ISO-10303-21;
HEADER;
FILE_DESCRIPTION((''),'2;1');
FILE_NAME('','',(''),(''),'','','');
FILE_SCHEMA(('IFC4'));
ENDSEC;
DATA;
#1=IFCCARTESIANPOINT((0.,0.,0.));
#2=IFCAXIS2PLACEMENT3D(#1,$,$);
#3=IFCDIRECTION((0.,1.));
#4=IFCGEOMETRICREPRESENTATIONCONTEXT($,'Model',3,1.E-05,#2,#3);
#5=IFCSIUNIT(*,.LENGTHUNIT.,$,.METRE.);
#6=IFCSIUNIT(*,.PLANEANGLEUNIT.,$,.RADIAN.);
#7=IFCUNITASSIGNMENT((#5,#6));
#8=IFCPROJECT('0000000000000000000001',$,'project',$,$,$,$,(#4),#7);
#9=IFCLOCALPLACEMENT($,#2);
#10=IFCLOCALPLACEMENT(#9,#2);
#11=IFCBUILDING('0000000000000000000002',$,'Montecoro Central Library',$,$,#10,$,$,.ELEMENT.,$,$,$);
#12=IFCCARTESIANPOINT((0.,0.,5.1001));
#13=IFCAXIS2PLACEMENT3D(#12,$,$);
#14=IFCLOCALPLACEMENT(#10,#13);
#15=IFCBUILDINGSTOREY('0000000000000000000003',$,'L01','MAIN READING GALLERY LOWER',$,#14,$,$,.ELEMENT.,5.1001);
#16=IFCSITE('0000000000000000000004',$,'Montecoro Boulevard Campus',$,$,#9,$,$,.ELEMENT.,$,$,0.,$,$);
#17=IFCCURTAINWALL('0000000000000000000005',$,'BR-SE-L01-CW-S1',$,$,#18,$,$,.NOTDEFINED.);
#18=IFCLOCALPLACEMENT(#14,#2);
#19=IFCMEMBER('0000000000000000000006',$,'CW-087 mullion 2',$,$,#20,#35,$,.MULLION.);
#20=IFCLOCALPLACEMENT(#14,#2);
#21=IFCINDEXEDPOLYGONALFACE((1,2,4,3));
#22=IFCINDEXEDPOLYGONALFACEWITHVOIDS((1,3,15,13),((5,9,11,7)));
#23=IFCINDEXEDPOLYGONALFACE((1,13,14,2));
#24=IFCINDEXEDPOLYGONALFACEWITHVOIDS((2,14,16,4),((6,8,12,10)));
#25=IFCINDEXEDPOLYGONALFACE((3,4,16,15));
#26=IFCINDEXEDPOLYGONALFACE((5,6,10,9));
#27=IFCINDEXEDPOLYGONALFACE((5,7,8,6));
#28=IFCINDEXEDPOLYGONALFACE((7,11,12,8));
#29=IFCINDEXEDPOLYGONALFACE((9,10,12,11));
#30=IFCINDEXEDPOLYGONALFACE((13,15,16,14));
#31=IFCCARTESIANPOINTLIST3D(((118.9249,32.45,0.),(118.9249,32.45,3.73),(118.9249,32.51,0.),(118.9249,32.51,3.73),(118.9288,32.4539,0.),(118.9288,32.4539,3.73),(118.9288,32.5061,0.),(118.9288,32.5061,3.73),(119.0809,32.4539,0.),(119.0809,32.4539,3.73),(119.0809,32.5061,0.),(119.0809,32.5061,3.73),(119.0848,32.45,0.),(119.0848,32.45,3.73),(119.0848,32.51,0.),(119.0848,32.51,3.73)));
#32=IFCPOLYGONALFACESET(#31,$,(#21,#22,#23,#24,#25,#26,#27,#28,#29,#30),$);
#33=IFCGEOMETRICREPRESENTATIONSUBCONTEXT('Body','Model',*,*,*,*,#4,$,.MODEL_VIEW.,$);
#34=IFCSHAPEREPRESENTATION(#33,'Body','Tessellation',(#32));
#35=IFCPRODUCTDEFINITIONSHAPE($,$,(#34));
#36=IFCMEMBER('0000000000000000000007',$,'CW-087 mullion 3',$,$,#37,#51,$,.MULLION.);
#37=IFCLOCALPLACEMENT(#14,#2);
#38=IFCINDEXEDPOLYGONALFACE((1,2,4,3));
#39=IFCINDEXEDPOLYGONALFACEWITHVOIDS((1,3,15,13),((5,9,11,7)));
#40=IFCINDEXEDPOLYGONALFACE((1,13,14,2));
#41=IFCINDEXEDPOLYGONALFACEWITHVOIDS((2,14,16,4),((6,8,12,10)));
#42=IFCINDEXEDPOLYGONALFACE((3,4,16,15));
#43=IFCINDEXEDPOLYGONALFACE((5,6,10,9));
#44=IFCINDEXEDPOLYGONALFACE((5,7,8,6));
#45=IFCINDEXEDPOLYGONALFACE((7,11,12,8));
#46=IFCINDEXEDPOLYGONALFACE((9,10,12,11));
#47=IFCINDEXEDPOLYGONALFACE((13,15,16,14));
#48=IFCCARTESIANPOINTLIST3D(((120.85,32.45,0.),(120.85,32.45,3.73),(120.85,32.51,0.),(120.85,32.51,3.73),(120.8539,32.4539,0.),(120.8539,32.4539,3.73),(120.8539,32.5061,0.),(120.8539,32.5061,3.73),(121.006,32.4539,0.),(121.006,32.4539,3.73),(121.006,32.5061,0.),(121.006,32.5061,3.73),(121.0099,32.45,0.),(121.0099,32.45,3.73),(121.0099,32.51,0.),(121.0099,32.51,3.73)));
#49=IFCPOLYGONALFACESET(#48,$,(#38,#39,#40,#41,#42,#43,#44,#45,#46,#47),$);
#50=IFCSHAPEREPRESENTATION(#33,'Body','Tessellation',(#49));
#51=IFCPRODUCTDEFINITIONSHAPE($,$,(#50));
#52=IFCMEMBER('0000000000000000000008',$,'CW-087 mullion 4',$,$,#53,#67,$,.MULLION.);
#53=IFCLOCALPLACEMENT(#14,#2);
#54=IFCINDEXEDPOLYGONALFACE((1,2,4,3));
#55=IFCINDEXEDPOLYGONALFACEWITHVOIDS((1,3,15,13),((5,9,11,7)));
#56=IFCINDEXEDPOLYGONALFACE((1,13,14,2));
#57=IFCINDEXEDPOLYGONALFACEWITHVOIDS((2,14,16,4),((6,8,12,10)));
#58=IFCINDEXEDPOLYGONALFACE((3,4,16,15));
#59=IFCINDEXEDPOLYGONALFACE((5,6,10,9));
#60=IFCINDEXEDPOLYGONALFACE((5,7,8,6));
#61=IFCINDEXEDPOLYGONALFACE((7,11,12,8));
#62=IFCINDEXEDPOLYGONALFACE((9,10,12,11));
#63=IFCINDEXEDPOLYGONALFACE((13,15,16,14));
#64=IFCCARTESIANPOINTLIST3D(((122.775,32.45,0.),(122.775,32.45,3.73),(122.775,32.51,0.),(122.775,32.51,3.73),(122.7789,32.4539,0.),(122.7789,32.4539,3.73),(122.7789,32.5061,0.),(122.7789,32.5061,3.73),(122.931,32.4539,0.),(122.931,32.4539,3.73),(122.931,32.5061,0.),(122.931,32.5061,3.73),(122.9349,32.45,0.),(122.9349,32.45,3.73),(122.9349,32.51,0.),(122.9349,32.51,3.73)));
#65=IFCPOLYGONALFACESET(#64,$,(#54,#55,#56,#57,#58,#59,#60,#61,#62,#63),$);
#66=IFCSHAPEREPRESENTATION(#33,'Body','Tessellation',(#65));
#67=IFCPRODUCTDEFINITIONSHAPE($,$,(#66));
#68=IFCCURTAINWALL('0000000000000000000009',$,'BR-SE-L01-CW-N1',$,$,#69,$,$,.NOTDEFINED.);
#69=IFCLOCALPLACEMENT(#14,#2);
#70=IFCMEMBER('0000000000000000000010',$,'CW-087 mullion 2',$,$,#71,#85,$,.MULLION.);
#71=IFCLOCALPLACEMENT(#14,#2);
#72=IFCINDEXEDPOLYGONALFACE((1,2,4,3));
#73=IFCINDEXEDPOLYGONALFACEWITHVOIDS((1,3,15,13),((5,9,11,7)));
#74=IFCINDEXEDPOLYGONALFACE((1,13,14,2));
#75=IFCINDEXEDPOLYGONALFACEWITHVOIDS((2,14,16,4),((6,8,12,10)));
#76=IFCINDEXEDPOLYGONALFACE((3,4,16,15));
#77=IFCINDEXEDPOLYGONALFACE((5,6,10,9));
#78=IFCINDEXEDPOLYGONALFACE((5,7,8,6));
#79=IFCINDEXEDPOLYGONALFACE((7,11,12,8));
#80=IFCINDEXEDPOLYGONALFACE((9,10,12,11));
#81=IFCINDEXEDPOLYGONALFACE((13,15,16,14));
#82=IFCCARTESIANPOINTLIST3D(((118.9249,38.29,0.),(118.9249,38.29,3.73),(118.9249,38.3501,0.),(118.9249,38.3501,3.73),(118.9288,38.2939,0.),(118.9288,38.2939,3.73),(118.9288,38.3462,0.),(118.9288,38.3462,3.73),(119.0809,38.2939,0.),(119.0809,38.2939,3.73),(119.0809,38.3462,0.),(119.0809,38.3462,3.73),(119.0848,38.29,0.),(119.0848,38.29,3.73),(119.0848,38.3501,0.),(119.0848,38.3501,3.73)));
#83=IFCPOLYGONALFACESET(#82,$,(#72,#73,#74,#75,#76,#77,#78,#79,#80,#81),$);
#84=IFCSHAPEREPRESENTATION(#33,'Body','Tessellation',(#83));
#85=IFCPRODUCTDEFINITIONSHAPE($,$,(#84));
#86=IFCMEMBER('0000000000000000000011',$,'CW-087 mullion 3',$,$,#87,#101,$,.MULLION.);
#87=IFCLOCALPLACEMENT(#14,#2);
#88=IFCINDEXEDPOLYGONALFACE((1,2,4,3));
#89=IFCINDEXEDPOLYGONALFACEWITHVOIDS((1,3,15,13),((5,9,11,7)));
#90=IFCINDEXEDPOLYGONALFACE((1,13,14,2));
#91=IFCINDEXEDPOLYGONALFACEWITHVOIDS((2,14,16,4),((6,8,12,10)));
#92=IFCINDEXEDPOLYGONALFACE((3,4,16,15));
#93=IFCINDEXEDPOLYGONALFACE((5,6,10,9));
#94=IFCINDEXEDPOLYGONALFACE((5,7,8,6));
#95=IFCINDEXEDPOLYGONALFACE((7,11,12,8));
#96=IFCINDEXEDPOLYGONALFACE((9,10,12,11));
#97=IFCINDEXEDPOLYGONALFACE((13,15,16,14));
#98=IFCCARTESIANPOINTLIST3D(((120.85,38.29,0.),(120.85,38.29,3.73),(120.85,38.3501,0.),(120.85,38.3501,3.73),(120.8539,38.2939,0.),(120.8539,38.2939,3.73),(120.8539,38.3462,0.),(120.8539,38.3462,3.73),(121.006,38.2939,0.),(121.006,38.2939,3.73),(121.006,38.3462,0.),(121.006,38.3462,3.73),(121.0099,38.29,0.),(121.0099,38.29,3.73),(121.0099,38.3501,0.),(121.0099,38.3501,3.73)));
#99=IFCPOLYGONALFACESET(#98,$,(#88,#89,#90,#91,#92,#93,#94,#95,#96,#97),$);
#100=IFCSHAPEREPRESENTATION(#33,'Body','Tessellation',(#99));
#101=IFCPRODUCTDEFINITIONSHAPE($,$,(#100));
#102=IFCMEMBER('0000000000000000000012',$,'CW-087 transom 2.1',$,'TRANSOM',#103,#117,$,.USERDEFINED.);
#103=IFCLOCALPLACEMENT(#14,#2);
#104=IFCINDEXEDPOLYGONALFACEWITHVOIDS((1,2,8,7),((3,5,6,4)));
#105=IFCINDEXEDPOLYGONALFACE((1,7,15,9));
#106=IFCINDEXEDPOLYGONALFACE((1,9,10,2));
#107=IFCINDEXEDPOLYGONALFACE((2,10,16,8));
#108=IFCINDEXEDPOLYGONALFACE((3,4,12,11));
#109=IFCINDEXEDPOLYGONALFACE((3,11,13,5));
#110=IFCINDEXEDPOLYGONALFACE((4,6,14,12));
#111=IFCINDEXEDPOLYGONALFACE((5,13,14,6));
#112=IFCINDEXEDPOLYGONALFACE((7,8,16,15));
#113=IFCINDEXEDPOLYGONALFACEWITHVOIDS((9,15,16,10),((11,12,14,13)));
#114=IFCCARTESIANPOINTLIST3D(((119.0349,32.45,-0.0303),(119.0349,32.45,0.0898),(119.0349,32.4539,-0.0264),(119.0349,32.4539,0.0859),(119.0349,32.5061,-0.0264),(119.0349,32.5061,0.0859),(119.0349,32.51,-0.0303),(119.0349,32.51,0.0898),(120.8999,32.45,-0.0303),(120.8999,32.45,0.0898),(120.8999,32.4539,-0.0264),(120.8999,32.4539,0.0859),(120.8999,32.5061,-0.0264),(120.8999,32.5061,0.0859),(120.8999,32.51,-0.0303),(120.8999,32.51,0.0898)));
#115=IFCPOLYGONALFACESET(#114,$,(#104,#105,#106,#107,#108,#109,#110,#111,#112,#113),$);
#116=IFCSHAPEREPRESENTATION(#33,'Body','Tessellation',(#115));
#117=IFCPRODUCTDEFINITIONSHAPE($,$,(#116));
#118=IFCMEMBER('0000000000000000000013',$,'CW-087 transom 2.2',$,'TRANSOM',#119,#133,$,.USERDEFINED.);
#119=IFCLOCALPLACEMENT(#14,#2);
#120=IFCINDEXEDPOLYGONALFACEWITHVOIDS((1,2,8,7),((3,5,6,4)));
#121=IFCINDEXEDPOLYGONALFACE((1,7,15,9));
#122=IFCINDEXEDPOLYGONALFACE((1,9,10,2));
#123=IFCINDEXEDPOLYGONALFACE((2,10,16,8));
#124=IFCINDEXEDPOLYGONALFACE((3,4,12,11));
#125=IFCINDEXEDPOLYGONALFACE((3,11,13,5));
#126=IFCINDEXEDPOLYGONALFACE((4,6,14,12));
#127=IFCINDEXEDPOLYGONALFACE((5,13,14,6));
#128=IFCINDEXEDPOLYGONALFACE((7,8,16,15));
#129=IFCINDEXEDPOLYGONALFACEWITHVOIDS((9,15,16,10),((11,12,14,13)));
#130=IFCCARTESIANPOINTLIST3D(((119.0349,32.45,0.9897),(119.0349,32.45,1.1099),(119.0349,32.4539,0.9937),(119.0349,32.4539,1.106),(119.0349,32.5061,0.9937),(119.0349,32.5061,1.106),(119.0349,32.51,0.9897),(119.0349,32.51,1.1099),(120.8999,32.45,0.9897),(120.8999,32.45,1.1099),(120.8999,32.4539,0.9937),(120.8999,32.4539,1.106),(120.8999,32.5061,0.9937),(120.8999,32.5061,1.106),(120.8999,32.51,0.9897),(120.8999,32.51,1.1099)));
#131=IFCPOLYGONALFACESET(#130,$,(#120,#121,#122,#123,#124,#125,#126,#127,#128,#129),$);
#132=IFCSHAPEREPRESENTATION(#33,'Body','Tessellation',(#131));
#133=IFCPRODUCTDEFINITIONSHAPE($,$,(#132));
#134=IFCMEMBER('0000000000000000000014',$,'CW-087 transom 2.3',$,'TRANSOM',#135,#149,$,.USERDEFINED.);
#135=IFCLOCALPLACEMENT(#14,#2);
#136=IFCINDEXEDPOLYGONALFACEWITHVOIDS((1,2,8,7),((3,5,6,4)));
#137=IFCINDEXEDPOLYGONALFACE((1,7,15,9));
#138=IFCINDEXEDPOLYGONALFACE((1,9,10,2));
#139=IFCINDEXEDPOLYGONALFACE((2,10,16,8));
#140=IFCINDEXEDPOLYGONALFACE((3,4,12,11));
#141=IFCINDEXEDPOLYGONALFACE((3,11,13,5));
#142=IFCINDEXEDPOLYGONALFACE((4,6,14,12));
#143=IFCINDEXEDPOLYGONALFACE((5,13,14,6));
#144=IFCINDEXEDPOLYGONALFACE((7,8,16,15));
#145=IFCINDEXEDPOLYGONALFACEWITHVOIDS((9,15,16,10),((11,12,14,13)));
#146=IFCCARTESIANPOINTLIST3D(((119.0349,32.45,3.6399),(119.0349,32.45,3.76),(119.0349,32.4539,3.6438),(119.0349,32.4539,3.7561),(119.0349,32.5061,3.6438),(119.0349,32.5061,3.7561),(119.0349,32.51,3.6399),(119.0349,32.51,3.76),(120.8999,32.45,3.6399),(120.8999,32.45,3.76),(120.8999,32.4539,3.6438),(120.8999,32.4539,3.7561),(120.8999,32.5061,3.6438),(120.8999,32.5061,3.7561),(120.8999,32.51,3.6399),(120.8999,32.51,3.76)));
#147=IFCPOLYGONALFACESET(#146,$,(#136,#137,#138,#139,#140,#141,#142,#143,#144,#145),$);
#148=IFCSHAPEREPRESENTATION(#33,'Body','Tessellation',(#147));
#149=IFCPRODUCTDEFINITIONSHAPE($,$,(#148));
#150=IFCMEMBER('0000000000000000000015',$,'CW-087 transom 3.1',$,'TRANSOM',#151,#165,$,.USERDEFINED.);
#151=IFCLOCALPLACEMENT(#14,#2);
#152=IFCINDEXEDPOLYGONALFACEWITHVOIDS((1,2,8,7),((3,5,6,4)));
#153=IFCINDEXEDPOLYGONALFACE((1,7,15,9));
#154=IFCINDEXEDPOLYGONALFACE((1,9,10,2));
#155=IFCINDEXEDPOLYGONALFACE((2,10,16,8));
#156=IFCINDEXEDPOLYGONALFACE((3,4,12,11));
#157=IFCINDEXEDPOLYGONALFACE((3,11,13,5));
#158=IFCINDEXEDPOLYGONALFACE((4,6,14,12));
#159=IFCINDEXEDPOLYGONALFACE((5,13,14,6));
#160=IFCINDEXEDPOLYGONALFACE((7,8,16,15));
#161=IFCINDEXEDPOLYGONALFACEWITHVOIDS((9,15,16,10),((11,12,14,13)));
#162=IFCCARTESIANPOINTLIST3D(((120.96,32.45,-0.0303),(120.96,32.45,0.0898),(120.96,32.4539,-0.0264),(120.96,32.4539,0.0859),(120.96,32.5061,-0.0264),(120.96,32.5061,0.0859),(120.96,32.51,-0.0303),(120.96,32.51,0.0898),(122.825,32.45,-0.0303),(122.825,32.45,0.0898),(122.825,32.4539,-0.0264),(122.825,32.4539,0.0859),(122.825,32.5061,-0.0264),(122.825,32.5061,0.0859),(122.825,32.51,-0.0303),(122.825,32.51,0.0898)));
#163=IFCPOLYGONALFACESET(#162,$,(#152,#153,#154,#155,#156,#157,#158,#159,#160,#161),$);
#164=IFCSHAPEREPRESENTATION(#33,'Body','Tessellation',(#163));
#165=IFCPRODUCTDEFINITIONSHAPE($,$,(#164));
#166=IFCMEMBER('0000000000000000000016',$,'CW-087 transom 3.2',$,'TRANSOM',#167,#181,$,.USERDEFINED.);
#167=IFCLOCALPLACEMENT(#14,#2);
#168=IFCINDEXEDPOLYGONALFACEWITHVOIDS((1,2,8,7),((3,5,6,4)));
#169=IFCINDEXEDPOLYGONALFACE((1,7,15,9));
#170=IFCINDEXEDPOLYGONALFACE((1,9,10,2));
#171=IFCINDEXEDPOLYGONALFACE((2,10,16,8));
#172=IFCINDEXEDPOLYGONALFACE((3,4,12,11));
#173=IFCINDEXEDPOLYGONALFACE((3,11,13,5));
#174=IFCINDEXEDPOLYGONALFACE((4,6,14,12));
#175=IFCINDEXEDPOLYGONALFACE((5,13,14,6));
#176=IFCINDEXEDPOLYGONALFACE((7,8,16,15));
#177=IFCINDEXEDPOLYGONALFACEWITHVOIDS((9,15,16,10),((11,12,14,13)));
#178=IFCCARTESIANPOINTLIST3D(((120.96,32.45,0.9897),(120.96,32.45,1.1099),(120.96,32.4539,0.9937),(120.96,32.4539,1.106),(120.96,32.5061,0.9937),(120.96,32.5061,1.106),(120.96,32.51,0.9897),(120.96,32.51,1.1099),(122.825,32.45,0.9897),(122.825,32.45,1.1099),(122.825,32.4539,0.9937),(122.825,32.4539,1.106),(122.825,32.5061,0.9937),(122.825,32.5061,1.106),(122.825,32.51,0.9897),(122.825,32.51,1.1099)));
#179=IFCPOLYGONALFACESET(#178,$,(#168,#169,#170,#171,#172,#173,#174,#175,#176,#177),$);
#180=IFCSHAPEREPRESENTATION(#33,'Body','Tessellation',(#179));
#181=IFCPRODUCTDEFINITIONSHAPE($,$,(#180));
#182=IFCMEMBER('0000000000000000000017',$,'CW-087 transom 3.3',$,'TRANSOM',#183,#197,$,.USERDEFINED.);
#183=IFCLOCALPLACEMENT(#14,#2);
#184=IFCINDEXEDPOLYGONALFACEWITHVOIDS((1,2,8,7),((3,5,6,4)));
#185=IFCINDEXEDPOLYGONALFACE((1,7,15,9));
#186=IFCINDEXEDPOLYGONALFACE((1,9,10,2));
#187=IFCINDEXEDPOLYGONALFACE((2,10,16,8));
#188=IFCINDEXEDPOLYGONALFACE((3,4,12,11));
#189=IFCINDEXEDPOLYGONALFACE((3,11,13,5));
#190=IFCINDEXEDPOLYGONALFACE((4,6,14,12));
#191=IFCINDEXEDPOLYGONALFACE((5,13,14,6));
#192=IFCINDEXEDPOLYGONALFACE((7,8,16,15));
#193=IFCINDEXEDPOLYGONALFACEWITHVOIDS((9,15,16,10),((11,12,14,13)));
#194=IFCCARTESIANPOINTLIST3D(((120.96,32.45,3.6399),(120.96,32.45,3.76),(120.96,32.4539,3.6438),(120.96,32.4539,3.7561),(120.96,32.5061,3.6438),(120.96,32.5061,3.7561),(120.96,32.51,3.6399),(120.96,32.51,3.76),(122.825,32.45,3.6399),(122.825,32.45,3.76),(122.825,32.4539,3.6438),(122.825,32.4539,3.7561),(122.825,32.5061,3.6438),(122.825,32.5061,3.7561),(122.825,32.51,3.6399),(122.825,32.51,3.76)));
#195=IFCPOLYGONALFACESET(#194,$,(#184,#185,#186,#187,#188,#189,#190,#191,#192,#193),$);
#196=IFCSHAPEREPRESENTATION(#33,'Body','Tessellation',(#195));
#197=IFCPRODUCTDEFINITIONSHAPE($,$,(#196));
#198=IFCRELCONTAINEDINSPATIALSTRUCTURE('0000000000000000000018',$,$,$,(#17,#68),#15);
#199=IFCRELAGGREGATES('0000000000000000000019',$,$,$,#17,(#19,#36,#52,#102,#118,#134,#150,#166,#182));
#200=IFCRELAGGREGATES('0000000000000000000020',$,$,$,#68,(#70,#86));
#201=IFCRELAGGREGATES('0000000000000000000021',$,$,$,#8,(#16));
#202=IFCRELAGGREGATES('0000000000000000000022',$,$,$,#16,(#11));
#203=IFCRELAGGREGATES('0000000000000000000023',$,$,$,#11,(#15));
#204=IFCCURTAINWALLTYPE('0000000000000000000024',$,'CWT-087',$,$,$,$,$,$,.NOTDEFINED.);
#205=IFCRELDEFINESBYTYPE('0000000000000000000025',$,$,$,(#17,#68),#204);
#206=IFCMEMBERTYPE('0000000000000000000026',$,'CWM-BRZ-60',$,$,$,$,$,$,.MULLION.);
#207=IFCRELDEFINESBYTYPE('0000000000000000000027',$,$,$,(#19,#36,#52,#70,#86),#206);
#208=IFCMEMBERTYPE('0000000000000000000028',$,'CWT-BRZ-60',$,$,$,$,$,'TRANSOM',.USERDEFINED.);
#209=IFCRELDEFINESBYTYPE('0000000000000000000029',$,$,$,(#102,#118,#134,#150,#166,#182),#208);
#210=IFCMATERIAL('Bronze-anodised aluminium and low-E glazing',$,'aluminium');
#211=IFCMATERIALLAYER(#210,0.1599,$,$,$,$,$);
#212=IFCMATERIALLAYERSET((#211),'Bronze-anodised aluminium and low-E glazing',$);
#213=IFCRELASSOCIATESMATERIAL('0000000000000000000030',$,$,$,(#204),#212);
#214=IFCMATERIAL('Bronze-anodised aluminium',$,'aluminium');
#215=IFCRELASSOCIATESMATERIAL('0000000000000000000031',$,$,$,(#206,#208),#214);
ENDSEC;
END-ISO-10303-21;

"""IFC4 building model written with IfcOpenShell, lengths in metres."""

from ifc_helpers import new_model, si_unit, direction, frame, origin, origin_2d, place, context, subcontext, project, spatial, hollow_rectangle, extrude, material, layer, layer_set, material_profile, profile_set, type_object, element, aggregate, save


model = new_model("IFC4")

# Units and contexts
model_context = context("Model", 3, precision=1e-05, world=origin(), true_north=direction((0.0, 1.0)))
body_context = subcontext(model_context, "Body", "Model", "MODEL_VIEW")
ifc_project = project(units=[si_unit("LENGTHUNIT", "METRE"), si_unit("PLANEANGLEUNIT", "RADIAN")], contexts=[model_context])

# Site, building, storey
site_placement = place(None, origin())
site = spatial("IfcSite", under=ifc_project, at=site_placement, Name="Montecoro Boulevard Campus", CompositionType="ELEMENT", RefElevation=0.0)
building_placement = place(site_placement, origin())
building = spatial("IfcBuilding", under=site, at=building_placement, Name="Montecoro Central Library", CompositionType="ELEMENT")
storey_placement = place(building_placement, frame((0.0, 0.0, 5.1001)))
storey = spatial("IfcBuildingStorey", under=building, at=storey_placement, Name="L01", Description="MAIN READING GALLERY LOWER", CompositionType="ELEMENT", Elevation=5.1001)

# Curtain walls, members
ifc_material_1 = material(Name="Bronze-anodised aluminium and low-E glazing", Category="aluminium")
ifc_layer_1 = layer(ifc_material_1, 0.1599)
ifc_layer_set_1 = layer_set([ifc_layer_1], Name="Bronze-anodised aluminium and low-E glazing")
curtain_wall_type = type_object("IfcCurtainWallType", Name="CWT-087", PredefinedType="NOTDEFINED", material=ifc_layer_set_1)
curtain_wall_1_placement = place(storey_placement, origin())
curtain_wall_1 = element("IfcCurtainWall", 1, at=curtain_wall_1_placement, inside=storey, type_object=curtain_wall_type, Name="BR-SE-L01-CW-S1", PredefinedType="NOTDEFINED")
ifc_material_2 = material(Name="Bronze-anodised aluminium", Category="aluminium")
ifc_material_profile_1 = material_profile(ifc_material_2, hollow_rectangle(XDim=0.0601, YDim=0.1599, WallThickness=0.0039, at=origin_2d()), Name="CWM 160x60x4.0")
ifc_profile_set_1 = profile_set([ifc_material_profile_1], Name="Bronze-anodised aluminium")
member_type_1 = type_object("IfcMemberType", Name="CWM-BRZ-60", PredefinedType="MULLION", material=ifc_profile_set_1)
member_1_placement = place(storey_placement, frame((119.0049, 32.48, 0.0), z_axis=(0.0, 0.0, 1.0), x_axis=(0.0, 1.0, 0.0)))
member_1 = element("IfcMember", 2, at=member_1_placement, type_object=member_type_1, Name="CW-087 mullion 2", PredefinedType="MULLION", context=body_context, shape_type="SweptSolid", body=[
    extrude(hollow_rectangle(XDim=0.0601, YDim=0.1599, WallThickness=0.0039, at=origin_2d()), origin(), (0.0, 0.0, 1.0), 3.73),
])
member_2_placement = place(storey_placement, frame((120.9299, 32.48, 0.0), z_axis=(0.0, 0.0, 1.0), x_axis=(0.0, 1.0, 0.0)))
member_2 = element("IfcMember", 3, at=member_2_placement, type_object=member_type_1, Name="CW-087 mullion 3", PredefinedType="MULLION", context=body_context, shape_type="SweptSolid", body=[
    extrude(hollow_rectangle(XDim=0.0601, YDim=0.1599, WallThickness=0.0039, at=origin_2d()), origin(), (0.0, 0.0, 1.0), 3.73),
])
member_3_placement = place(storey_placement, frame((122.855, 32.48, 0.0), z_axis=(0.0, 0.0, 1.0), x_axis=(0.0, 1.0, 0.0)))
member_3 = element("IfcMember", 4, at=member_3_placement, type_object=member_type_1, Name="CW-087 mullion 4", PredefinedType="MULLION", context=body_context, shape_type="SweptSolid", body=[
    extrude(hollow_rectangle(XDim=0.0601, YDim=0.1599, WallThickness=0.0039, at=origin_2d()), origin(), (0.0, 0.0, 1.0), 3.73),
])
curtain_wall_2_placement = place(storey_placement, origin())
curtain_wall_2 = element("IfcCurtainWall", 5, at=curtain_wall_2_placement, inside=storey, type_object=curtain_wall_type, Name="BR-SE-L01-CW-N1", PredefinedType="NOTDEFINED")
member_4_placement = place(storey_placement, frame((119.0049, 38.3201, 0.0), z_axis=(0.0, 0.0, 1.0), x_axis=(0.0, 1.0, 0.0)))
member_4 = element("IfcMember", 6, at=member_4_placement, type_object=member_type_1, Name="CW-087 mullion 2", PredefinedType="MULLION", context=body_context, shape_type="SweptSolid", body=[
    extrude(hollow_rectangle(XDim=0.0601, YDim=0.1599, WallThickness=0.0039, at=origin_2d()), origin(), (0.0, 0.0, 1.0), 3.73),
])
member_5_placement = place(storey_placement, frame((120.9299, 38.3201, 0.0), z_axis=(0.0, 0.0, 1.0), x_axis=(0.0, 1.0, 0.0)))
member_5 = element("IfcMember", 7, at=member_5_placement, type_object=member_type_1, Name="CW-087 mullion 3", PredefinedType="MULLION", context=body_context, shape_type="SweptSolid", body=[
    extrude(hollow_rectangle(XDim=0.0601, YDim=0.1599, WallThickness=0.0039, at=origin_2d()), origin(), (0.0, 0.0, 1.0), 3.73),
])

# Members
ifc_material_profile_2 = material_profile(ifc_material_2, hollow_rectangle(XDim=0.0601, YDim=0.1201, WallThickness=0.0039, at=origin_2d()), Name="CWT 120x60x4.0")
ifc_profile_set_2 = profile_set([ifc_material_profile_2], Name="Bronze-anodised aluminium")
member_type_2 = type_object("IfcMemberType", Name="CWT-BRZ-60", ElementType="TRANSOM", PredefinedType="USERDEFINED", material=ifc_profile_set_2)
member_6_placement = place(storey_placement, frame((119.0349, 32.48, 0.0298), z_axis=(1.0, 0.0, 0.0), x_axis=(0.0, 1.0, 0.0)))
member_6 = element("IfcMember", 8, at=member_6_placement, type_object=member_type_2, Name="CW-087 transom 2.1", ObjectType="TRANSOM", PredefinedType="USERDEFINED", context=body_context, shape_type="SweptSolid", body=[
    extrude(hollow_rectangle(XDim=0.0601, YDim=0.1201, WallThickness=0.0039, at=origin_2d()), origin(), (0.0, 0.0, 1.0), 1.865),
])
member_7_placement = place(storey_placement, frame((119.0349, 32.48, 1.0498), z_axis=(1.0, 0.0, 0.0), x_axis=(0.0, 1.0, 0.0)))
member_7 = element("IfcMember", 9, at=member_7_placement, type_object=member_type_2, Name="CW-087 transom 2.2", ObjectType="TRANSOM", PredefinedType="USERDEFINED", context=body_context, shape_type="SweptSolid", body=[
    extrude(hollow_rectangle(XDim=0.0601, YDim=0.1201, WallThickness=0.0039, at=origin_2d()), origin(), (0.0, 0.0, 1.0), 1.865),
])
member_8_placement = place(storey_placement, frame((119.0349, 32.48, 3.7), z_axis=(1.0, 0.0, 0.0), x_axis=(0.0, 1.0, 0.0)))
member_8 = element("IfcMember", 10, at=member_8_placement, type_object=member_type_2, Name="CW-087 transom 2.3", ObjectType="TRANSOM", PredefinedType="USERDEFINED", context=body_context, shape_type="SweptSolid", body=[
    extrude(hollow_rectangle(XDim=0.0601, YDim=0.1201, WallThickness=0.0039, at=origin_2d()), origin(), (0.0, 0.0, 1.0), 1.865),
])
member_9_placement = place(storey_placement, frame((120.96, 32.48, 0.0298), z_axis=(1.0, 0.0, 0.0), x_axis=(0.0, 1.0, 0.0)))
member_9 = element("IfcMember", 11, at=member_9_placement, type_object=member_type_2, Name="CW-087 transom 3.1", ObjectType="TRANSOM", PredefinedType="USERDEFINED", context=body_context, shape_type="SweptSolid", body=[
    extrude(hollow_rectangle(XDim=0.0601, YDim=0.1201, WallThickness=0.0039, at=origin_2d()), origin(), (0.0, 0.0, 1.0), 1.865),
])
member_10_placement = place(storey_placement, frame((120.96, 32.48, 1.0498), z_axis=(1.0, 0.0, 0.0), x_axis=(0.0, 1.0, 0.0)))
member_10 = element("IfcMember", 12, at=member_10_placement, type_object=member_type_2, Name="CW-087 transom 3.2", ObjectType="TRANSOM", PredefinedType="USERDEFINED", context=body_context, shape_type="SweptSolid", body=[
    extrude(hollow_rectangle(XDim=0.0601, YDim=0.1201, WallThickness=0.0039, at=origin_2d()), origin(), (0.0, 0.0, 1.0), 1.865),
])
member_11_placement = place(storey_placement, frame((120.96, 32.48, 3.7), z_axis=(1.0, 0.0, 0.0), x_axis=(0.0, 1.0, 0.0)))
member_11 = element("IfcMember", 13, at=member_11_placement, type_object=member_type_2, Name="CW-087 transom 3.3", ObjectType="TRANSOM", PredefinedType="USERDEFINED", context=body_context, shape_type="SweptSolid", body=[
    extrude(hollow_rectangle(XDim=0.0601, YDim=0.1201, WallThickness=0.0039, at=origin_2d()), origin(), (0.0, 0.0, 1.0), 1.865),
])

aggregate(curtain_wall_1, [member_1, member_2, member_3, member_6, member_7, member_8, member_9, member_10, member_11])
aggregate(curtain_wall_2, [member_4, member_5])

save(model, "model.ifc")
